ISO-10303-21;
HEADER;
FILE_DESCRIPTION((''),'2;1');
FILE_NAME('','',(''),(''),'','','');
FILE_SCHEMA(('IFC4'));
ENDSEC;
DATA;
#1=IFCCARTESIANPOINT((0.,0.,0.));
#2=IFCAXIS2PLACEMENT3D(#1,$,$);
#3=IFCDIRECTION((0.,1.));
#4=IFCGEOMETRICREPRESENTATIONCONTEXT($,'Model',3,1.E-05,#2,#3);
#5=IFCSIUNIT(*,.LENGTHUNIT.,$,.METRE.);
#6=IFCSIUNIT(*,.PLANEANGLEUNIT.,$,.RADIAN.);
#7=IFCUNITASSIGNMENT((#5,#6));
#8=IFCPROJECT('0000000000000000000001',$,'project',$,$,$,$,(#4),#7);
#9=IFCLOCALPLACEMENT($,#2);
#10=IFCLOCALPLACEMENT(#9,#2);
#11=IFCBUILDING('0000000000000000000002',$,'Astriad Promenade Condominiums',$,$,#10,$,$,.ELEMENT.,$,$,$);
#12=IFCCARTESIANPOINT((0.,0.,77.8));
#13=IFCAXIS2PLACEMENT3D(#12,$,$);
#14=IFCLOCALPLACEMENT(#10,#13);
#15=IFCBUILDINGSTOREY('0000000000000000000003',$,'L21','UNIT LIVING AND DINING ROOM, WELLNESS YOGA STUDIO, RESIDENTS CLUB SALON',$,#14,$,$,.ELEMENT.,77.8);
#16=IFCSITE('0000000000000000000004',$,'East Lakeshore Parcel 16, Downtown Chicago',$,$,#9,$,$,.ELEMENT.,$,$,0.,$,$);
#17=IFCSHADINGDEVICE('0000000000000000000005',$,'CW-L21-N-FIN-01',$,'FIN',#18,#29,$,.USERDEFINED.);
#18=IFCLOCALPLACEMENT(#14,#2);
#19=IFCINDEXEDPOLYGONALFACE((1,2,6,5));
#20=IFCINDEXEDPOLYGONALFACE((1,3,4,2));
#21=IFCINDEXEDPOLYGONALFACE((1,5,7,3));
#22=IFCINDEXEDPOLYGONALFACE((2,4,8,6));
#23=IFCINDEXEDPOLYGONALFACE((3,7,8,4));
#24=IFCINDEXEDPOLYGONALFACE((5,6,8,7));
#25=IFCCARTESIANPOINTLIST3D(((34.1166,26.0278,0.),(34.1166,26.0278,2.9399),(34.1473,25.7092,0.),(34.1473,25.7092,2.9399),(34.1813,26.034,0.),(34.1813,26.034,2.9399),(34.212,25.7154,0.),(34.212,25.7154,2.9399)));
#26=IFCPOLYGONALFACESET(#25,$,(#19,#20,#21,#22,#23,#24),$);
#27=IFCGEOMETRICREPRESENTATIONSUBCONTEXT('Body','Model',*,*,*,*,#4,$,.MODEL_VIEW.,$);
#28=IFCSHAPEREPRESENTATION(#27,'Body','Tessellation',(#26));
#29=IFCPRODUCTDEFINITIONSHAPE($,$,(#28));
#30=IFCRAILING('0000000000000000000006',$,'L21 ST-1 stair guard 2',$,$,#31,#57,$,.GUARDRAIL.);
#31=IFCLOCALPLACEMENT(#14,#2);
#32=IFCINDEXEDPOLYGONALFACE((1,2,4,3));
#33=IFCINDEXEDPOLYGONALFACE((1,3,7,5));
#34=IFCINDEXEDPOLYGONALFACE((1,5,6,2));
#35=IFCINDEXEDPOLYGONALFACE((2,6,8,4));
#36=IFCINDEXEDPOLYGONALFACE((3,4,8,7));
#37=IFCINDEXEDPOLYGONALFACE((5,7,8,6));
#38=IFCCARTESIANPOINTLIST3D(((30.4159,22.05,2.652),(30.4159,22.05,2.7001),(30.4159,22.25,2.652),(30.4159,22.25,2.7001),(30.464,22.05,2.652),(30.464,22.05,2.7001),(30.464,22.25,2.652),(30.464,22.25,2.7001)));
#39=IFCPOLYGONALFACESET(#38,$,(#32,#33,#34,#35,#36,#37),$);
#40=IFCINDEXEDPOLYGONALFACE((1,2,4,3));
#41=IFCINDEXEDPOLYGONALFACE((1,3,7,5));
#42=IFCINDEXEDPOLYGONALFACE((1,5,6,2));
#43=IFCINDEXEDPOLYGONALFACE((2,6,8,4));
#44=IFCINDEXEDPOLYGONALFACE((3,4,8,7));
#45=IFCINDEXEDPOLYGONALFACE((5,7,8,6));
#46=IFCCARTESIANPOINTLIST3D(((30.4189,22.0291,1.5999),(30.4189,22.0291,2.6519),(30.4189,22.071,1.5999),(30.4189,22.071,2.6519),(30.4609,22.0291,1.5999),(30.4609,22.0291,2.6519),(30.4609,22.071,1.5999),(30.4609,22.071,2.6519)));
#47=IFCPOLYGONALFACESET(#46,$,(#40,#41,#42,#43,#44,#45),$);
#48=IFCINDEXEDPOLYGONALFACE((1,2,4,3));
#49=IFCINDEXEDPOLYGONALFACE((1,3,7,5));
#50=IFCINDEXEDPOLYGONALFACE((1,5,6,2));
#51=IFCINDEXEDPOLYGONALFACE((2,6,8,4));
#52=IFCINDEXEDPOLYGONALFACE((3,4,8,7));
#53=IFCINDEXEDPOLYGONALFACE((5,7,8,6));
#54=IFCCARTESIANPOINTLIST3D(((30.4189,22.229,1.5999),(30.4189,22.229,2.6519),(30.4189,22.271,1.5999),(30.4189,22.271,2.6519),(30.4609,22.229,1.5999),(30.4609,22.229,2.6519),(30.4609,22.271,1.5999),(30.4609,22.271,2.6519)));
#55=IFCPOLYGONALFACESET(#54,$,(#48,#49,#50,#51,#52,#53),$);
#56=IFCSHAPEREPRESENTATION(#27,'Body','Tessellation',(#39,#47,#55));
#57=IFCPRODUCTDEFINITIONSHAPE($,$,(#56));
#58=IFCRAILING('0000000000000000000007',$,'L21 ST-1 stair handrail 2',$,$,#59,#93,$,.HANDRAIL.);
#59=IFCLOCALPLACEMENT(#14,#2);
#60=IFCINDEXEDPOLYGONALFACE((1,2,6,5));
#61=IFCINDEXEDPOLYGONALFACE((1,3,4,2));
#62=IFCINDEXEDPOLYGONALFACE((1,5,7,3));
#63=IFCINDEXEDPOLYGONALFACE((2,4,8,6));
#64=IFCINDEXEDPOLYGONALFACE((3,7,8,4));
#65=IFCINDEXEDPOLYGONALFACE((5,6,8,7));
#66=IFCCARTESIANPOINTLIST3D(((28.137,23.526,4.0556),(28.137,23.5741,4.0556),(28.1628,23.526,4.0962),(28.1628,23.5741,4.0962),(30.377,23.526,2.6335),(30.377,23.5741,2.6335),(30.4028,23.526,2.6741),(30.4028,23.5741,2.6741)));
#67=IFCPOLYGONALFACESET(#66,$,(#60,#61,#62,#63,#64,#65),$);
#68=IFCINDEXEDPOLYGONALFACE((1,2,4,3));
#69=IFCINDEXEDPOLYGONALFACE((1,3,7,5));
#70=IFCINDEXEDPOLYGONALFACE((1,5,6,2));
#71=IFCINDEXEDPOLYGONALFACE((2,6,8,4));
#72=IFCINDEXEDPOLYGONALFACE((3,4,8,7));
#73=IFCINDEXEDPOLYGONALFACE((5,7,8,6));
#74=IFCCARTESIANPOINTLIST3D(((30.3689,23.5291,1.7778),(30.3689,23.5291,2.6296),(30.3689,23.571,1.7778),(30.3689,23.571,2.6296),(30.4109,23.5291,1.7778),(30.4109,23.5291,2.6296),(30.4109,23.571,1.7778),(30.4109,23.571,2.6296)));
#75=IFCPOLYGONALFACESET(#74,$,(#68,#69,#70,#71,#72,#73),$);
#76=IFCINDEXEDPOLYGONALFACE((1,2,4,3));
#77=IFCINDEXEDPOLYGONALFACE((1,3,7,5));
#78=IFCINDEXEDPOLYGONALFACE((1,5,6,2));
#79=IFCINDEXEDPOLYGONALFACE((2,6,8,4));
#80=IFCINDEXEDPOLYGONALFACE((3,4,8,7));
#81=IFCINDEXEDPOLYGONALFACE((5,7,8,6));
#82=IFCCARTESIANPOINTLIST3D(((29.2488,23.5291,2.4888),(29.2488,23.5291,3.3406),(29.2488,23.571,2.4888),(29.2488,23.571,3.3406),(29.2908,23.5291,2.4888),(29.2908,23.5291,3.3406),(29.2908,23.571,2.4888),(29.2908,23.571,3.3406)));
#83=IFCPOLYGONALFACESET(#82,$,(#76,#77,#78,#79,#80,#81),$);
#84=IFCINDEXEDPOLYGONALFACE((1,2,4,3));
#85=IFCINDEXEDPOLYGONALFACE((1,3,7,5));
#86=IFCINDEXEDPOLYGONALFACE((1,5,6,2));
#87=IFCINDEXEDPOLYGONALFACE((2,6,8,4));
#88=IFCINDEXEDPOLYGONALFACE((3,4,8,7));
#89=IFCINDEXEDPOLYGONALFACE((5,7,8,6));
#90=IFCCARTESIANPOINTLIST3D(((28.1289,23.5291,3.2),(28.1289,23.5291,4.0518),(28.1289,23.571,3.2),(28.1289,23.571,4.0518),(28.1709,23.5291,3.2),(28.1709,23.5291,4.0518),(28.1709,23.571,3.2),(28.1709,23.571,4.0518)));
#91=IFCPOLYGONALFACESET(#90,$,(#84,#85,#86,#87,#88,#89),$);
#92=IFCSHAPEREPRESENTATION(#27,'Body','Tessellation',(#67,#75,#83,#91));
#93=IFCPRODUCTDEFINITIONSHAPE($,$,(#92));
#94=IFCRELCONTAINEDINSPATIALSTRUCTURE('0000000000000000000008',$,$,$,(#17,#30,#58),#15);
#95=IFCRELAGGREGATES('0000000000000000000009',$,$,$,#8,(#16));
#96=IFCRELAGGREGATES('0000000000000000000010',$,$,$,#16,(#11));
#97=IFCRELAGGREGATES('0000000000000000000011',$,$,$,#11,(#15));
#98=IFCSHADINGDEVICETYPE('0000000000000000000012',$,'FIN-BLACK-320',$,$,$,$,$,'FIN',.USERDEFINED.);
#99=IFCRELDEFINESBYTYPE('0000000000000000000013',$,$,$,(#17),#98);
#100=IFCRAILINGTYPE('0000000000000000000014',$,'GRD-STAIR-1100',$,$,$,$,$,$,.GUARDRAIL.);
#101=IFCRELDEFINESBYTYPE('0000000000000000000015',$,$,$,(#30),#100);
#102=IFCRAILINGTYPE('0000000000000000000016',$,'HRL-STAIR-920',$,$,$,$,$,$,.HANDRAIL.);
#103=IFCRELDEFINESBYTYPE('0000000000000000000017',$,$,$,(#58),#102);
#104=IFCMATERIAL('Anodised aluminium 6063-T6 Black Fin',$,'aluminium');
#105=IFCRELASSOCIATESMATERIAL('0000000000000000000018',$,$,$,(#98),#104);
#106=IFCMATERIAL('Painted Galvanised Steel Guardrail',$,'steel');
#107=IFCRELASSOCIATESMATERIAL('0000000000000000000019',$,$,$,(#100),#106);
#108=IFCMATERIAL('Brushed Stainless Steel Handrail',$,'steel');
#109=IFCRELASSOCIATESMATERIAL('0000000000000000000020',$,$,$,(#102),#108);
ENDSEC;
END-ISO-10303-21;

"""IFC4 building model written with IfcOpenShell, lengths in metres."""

from ifc_helpers import new_model, si_unit, direction, frame, origin, origin_2d, place, context, subcontext, project, spatial, rectangle, extrude, source, transform, mapped, material, type_object, type_shapes, element, save


model = new_model("IFC4")

# Units and contexts
model_context = context("Model", 3, precision=1e-05, world=origin(), true_north=direction((0.0, 1.0)))
body_context = subcontext(model_context, "Body", "Model", "MODEL_VIEW")
ifc_project = project(units=[si_unit("LENGTHUNIT", "METRE"), si_unit("PLANEANGLEUNIT", "RADIAN")], contexts=[model_context])

# Site, building, storey
site_placement = place(None, origin())
site = spatial("IfcSite", under=ifc_project, at=site_placement, Name="East Lakeshore Parcel 16, Downtown Chicago", CompositionType="ELEMENT", RefElevation=0.0)
building_placement = place(site_placement, origin())
building = spatial("IfcBuilding", under=site, at=building_placement, Name="Astriad Promenade Condominiums", CompositionType="ELEMENT")
storey_placement = place(building_placement, frame((0.0, 0.0, 77.8)))
storey = spatial("IfcBuildingStorey", under=building, at=storey_placement, Name="L21", Description="UNIT LIVING AND DINING ROOM, WELLNESS YOGA STUDIO, RESIDENTS CLUB SALON", CompositionType="ELEMENT", Elevation=77.8)

# Shading device
ifc_material_1 = material(Name="Anodised aluminium 6063-T6 Black Fin", Category="aluminium")
shading_device_type = type_object("IfcShadingDeviceType", Name="FIN-BLACK-320", ElementType="FIN", PredefinedType="USERDEFINED", material=ifc_material_1)
shared_shape_1 = source(origin(), body_context, "Body", "SweptSolid", [
    extrude(rectangle(XDim=0.0649, YDim=0.3201, at=origin_2d()), origin(), (0.0, 0.0, 1.0), 2.9399),
])
type_shapes(shading_device_type, [shared_shape_1])
shading_device_placement = place(storey_placement, frame((34.1643, 25.8716, 0.0), z_axis=(0.0, 0.0, 1.0), x_axis=(0.995396, 0.095846, 0.0)))
element("IfcShadingDevice", 1, at=shading_device_placement, inside=storey, type_object=shading_device_type, Name="CW-L21-N-FIN-01", ObjectType="FIN", PredefinedType="USERDEFINED", context=body_context, shape_type="MappedRepresentation", body=[
    mapped(shared_shape_1, transform((0.0, 0.0, 0.0), scale=1.0)),
])

# Railings
ifc_material_2 = material(Name="Painted Galvanised Steel Guardrail", Category="steel")
railing_type_1 = type_object("IfcRailingType", Name="GRD-STAIR-1100", PredefinedType="GUARDRAIL", material=ifc_material_2)
shared_shape_2 = source(origin(), body_context, "Body", "SweptSolid", [
    extrude(rectangle(XDim=0.0481, YDim=0.0481, at=origin_2d()), frame((0.0, 0.0, 1.0762), z_axis=(0.0, 1.0, 0.0), x_axis=(-1.0, 0.0, 0.0)), (0.0, 0.0, 1.0), 0.2),
    extrude(rectangle(XDim=0.042, YDim=0.042, at=origin_2d()), origin(), (0.0, 0.0, 1.0), 1.052),
    extrude(rectangle(XDim=0.042, YDim=0.042, at=origin_2d()), frame((0.0, 0.2, 0.0)), (0.0, 0.0, 1.0), 1.052),
])
type_shapes(railing_type_1, [shared_shape_2])
railing_1_placement = place(storey_placement, frame((30.4399, 22.05, 1.5999)))
element("IfcRailing", 2, at=railing_1_placement, inside=storey, type_object=railing_type_1, Name="L21 ST-1 stair guard 2", PredefinedType="GUARDRAIL", context=body_context, shape_type="MappedRepresentation", body=[
    mapped(shared_shape_2, transform((0.0, 0.0, 0.0), scale=1.0)),
])
ifc_material_3 = material(Name="Brushed Stainless Steel Handrail", Category="steel")
railing_type_2 = type_object("IfcRailingType", Name="HRL-STAIR-920", PredefinedType="HANDRAIL", material=ifc_material_3)
shared_shape_3 = source(origin(), body_context, "Body", "SweptSolid", [
    extrude(rectangle(XDim=0.0481, YDim=0.0481, at=origin_2d()), frame((0.0, 0.0, 0.876), z_axis=(-0.844229, 0.0, 0.535982), x_axis=(0.0, -1.0, 0.0)), (0.0, 0.0, 1.0), 2.6533),
    extrude(rectangle(XDim=0.042, YDim=0.042, at=origin_2d()), origin(), (0.0, 0.0, 1.0), 0.8518),
    extrude(rectangle(XDim=0.042, YDim=0.042, at=origin_2d()), frame((-1.1201, 0.0, 0.7109)), (0.0, 0.0, 1.0), 0.8518),
    extrude(rectangle(XDim=0.042, YDim=0.042, at=origin_2d()), frame((-2.24, 0.0, 1.4221)), (0.0, 0.0, 1.0), 0.8518),
])
type_shapes(railing_type_2, [shared_shape_3])
railing_2_placement = place(storey_placement, frame((30.3899, 23.55, 1.7778)))
element("IfcRailing", 3, at=railing_2_placement, inside=storey, type_object=railing_type_2, Name="L21 ST-1 stair handrail 2", PredefinedType="HANDRAIL", context=body_context, shape_type="MappedRepresentation", body=[
    mapped(shared_shape_3, transform((0.0, 0.0, 0.0), scale=1.0)),
])

save(model, "model.ifc")
